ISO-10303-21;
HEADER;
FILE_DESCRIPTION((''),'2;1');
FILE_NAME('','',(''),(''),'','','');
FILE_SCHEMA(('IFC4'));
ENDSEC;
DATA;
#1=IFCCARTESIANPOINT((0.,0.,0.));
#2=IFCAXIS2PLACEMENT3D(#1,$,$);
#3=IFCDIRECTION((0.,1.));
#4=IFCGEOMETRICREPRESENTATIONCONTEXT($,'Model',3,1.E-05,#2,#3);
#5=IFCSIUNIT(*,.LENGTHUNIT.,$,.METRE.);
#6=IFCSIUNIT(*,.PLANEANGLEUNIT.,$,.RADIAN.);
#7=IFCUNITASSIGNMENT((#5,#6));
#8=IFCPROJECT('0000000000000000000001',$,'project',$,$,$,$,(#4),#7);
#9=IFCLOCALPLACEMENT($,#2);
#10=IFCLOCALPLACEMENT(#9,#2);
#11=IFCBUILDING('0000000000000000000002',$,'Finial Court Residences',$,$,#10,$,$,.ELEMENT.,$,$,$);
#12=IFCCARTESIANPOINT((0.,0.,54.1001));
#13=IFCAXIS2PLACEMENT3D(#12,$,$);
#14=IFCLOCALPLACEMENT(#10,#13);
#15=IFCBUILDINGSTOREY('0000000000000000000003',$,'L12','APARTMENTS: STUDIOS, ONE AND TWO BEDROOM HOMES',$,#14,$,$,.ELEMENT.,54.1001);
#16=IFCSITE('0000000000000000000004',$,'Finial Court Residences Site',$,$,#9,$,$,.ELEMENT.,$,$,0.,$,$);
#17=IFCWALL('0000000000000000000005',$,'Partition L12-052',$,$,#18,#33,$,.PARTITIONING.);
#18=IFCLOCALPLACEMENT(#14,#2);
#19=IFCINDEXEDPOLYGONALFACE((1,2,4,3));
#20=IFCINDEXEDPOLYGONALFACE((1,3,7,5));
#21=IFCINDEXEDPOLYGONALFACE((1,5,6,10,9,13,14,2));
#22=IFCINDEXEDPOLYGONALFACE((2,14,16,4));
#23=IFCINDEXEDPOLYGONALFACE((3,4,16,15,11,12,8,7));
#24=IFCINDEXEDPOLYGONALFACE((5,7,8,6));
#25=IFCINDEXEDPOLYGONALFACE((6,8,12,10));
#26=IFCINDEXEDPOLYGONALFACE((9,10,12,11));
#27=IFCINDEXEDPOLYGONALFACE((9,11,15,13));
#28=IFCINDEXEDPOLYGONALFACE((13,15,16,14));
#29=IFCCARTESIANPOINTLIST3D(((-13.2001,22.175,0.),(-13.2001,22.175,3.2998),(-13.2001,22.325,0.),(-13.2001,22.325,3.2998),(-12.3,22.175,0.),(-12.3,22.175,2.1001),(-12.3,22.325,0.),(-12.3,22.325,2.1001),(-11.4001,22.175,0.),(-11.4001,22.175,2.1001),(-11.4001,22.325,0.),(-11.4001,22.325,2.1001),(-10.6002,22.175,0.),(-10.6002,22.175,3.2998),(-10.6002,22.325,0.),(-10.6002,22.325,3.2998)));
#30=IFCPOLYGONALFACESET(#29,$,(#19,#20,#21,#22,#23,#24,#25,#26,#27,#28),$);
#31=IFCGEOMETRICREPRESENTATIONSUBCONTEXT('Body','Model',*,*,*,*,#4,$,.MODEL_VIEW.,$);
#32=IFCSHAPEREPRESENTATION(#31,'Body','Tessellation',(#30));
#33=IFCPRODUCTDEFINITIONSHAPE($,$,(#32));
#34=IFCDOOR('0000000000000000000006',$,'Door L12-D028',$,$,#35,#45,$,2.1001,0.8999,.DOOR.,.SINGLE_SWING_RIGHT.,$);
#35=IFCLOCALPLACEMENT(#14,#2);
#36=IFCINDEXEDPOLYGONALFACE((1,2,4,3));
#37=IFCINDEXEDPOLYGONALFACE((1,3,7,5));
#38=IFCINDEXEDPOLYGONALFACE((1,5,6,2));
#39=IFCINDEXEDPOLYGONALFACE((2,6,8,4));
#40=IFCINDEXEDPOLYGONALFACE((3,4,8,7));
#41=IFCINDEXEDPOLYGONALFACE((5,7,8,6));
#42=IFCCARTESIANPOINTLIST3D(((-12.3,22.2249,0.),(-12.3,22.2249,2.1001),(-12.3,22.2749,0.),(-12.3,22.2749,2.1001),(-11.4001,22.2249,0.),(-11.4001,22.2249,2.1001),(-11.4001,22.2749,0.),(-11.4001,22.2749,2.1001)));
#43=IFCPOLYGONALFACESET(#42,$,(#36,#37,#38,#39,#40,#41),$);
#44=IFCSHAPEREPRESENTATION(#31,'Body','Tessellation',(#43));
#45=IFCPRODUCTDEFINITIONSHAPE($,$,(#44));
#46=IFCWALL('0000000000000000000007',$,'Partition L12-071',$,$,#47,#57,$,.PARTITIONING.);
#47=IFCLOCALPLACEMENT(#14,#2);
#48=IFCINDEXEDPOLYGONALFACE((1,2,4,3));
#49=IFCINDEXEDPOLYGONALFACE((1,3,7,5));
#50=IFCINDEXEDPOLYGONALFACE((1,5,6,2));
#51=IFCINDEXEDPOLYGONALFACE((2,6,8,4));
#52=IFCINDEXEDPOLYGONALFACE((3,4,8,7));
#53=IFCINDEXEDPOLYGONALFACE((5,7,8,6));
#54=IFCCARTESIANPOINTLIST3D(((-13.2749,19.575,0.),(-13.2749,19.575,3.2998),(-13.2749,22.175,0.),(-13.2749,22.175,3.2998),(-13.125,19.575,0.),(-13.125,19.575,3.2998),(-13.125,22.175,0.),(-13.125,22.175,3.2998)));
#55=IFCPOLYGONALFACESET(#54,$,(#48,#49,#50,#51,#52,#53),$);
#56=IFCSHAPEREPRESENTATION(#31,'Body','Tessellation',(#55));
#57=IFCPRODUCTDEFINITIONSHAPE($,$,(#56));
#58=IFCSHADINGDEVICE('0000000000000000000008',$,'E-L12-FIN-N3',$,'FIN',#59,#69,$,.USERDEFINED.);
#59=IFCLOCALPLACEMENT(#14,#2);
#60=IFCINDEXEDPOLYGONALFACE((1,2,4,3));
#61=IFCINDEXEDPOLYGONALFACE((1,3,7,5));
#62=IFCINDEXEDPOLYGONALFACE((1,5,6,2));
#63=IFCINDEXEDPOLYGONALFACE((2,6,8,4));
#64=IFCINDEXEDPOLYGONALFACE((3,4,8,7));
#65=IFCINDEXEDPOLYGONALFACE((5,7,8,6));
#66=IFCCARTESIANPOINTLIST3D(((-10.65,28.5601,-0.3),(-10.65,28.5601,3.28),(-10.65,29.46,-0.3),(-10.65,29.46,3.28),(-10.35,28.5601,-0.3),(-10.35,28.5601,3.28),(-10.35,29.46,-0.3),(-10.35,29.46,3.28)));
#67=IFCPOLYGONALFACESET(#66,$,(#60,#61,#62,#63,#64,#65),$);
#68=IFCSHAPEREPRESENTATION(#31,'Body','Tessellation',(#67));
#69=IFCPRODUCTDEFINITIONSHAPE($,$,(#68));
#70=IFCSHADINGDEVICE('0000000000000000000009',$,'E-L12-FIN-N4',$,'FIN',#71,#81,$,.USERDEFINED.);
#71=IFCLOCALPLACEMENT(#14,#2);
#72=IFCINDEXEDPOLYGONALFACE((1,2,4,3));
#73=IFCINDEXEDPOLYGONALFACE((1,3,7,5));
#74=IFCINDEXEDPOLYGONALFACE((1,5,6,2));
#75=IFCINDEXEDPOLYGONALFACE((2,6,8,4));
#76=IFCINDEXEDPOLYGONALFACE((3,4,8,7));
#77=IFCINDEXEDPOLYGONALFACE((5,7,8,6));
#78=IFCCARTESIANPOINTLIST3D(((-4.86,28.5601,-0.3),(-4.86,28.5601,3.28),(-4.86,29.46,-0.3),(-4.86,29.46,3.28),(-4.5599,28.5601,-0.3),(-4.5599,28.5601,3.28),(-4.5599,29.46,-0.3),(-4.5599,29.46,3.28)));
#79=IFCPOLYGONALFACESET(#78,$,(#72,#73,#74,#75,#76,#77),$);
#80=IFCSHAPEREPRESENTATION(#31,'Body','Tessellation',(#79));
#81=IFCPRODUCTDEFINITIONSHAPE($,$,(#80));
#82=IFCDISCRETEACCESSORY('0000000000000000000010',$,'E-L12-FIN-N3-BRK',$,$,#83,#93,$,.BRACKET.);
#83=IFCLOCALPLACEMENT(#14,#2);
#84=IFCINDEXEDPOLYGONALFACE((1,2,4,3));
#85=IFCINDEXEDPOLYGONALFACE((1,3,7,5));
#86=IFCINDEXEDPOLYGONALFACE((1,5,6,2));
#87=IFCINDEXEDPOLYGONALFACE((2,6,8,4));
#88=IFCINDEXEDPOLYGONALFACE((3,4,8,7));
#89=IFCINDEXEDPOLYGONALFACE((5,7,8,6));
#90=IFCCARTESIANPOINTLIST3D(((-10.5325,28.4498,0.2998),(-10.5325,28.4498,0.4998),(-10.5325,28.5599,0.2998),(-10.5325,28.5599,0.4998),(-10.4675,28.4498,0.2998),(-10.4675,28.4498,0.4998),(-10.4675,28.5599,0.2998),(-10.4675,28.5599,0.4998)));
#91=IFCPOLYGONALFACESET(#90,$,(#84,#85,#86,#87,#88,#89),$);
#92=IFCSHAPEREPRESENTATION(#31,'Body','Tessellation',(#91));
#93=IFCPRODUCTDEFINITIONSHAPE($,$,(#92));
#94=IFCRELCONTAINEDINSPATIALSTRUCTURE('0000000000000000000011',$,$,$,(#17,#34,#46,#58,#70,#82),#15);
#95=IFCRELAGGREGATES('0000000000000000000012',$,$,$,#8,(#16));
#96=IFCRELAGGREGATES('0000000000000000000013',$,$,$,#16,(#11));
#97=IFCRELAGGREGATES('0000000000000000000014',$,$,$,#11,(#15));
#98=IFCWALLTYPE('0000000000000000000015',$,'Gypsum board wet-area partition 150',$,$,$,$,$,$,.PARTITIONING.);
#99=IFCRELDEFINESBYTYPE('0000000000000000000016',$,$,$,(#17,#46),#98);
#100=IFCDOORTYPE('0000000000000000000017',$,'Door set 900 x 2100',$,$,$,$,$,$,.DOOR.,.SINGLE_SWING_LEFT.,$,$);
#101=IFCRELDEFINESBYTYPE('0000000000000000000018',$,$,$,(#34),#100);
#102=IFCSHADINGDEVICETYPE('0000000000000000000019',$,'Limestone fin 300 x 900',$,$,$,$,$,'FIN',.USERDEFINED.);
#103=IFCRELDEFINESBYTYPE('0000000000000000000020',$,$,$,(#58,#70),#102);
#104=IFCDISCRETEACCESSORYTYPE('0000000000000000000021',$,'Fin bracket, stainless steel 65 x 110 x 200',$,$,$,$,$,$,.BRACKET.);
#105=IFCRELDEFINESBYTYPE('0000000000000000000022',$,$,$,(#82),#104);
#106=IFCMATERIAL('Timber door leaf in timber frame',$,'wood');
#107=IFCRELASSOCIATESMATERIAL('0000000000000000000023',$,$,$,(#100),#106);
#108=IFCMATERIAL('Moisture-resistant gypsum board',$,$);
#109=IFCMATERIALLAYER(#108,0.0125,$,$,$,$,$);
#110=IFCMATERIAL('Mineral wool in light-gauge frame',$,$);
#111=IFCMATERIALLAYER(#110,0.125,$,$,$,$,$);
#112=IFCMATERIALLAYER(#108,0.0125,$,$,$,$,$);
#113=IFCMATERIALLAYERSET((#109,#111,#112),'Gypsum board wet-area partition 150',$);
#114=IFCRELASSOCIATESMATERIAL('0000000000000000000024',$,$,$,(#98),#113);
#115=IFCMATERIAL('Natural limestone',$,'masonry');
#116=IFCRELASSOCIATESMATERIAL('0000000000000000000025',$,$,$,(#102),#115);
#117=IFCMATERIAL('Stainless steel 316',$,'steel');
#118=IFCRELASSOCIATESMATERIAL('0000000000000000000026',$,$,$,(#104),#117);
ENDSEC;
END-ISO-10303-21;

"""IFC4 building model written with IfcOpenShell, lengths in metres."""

from ifc_helpers import new_model, si_unit, direction, frame, frame_2d, origin, origin_2d, place, context, subcontext, project, spatial, rectangle, extrude, material, layer, layer_set, type_object, element, fill, save


model = new_model("IFC4")

# Units and contexts
model_context = context("Model", 3, precision=1e-05, world=origin(), true_north=direction((0.0, 1.0)))
body_context = subcontext(model_context, "Body", "Model", "MODEL_VIEW")
ifc_project = project(units=[si_unit("LENGTHUNIT", "METRE"), si_unit("PLANEANGLEUNIT", "RADIAN")], contexts=[model_context])

# Site, building, storey
site_placement = place(None, origin())
site = spatial("IfcSite", under=ifc_project, at=site_placement, Name="Finial Court Residences Site", CompositionType="ELEMENT", RefElevation=0.0)
building_placement = place(site_placement, origin())
building = spatial("IfcBuilding", under=site, at=building_placement, Name="Finial Court Residences", CompositionType="ELEMENT")
storey_placement = place(building_placement, frame((0.0, 0.0, 54.1001)))
storey = spatial("IfcBuildingStorey", under=building, at=storey_placement, Name="L12", Description="APARTMENTS: STUDIOS, ONE AND TWO BEDROOM HOMES", CompositionType="ELEMENT", Elevation=54.1001)

# Shared definitions
ifc_material_1 = material(Name="Mineral wool in light-gauge frame")
ifc_material_2 = material(Name="Timber door leaf in timber frame", Category="wood")
door_type = type_object("IfcDoorType", Name="Door set 900 x 2100", OperationType="SINGLE_SWING_LEFT", PredefinedType="DOOR", material=ifc_material_2)

# Shared definitions
ifc_material_3 = material(Name="Moisture-resistant gypsum board")
ifc_layer_1 = layer(ifc_material_3, 0.0125)
ifc_layer_2 = layer(ifc_material_1, 0.125)
ifc_layer_3 = layer(ifc_material_3, 0.0125)
ifc_layer_set_1 = layer_set([ifc_layer_1, ifc_layer_2, ifc_layer_3], Name="Gypsum board wet-area partition 150")
wall_type_1 = type_object("IfcWallType", Name="Gypsum board wet-area partition 150", PredefinedType="PARTITIONING", material=ifc_layer_set_1)

# Wall, opening, door
wall_1_placement = place(storey_placement, frame((-13.2, 22.25, 0.0), z_axis=(0.0, 0.0, 1.0), x_axis=(1.0, 0.0, 0.0)))
wall_1 = element("IfcWall", 1, at=wall_1_placement, inside=storey, type_object=wall_type_1, Name="Partition L12-052", PredefinedType="PARTITIONING", context=body_context, shape_type="SweptSolid", body=[
    extrude(rectangle(XDim=2.5999, YDim=0.1499, at=frame_2d((1.2998, 0.0))), origin(), (0.0, 0.0, 1.0), 3.2998),
])
opening_1_placement = place(wall_1_placement, frame((0.8999, 0.0, 0.0)))
opening_1 = element("IfcOpeningElement", 2, at=opening_1_placement, cuts=wall_1, PredefinedType="OPENING", context=body_context, shape_type="SweptSolid", body=[
    extrude(rectangle(XDim=0.8999, YDim=2.1001, at=frame_2d((0.45, 1.05))), frame((0.0, 0.085, 0.0), z_axis=(0.0, -1.0, 0.0), x_axis=(1.0, 0.0, 0.0)), (0.0, 0.0, 1.0), 0.1699),
])
door_1_placement = place(opening_1_placement, origin())
door_1 = element("IfcDoor", 3, at=door_1_placement, inside=storey, type_object=door_type, Name="Door L12-D028", OperationType="SINGLE_SWING_RIGHT", OverallHeight=2.1001, OverallWidth=0.8999, PredefinedType="DOOR", context=body_context, shape_type="SweptSolid", body=[
    extrude(rectangle(XDim=0.8999, YDim=2.1001, at=frame_2d((0.45, 1.05))), frame((0.0, 0.0249, 0.0), z_axis=(0.0, -1.0, 0.0), x_axis=(1.0, 0.0, 0.0)), (0.0, 0.0, 1.0), 0.05),
])
fill(opening_1, door_1)

# Wall
wall_2_placement = place(storey_placement, frame((-13.2, 19.575, 0.0), z_axis=(0.0, 0.0, 1.0), x_axis=(0.0, 1.0, 0.0)))
element("IfcWall", 4, at=wall_2_placement, inside=storey, type_object=wall_type_1, Name="Partition L12-071", PredefinedType="PARTITIONING", context=body_context, shape_type="SweptSolid", body=[
    extrude(rectangle(XDim=2.6001, YDim=0.1499, at=frame_2d((1.3, 0.0))), origin(), (0.0, 0.0, 1.0), 3.2998),
])

# Shading devices
ifc_material_4 = material(Name="Natural limestone", Category="masonry")
shading_device_type = type_object("IfcShadingDeviceType", Name="Limestone fin 300 x 900", ElementType="FIN", PredefinedType="USERDEFINED", material=ifc_material_4)
for number, where, z_axis, x_axis, name in (
    (5, (-10.5, 29.01, -0.3), (0.0, 0.0, 1.0), (1.0, 0.0, 0.0), "E-L12-FIN-N3"),
    (6, (-4.71, 29.01, -0.3), (0.0, 0.0, 1.0), (1.0, 0.0, 0.0), "E-L12-FIN-N4"),
):
    element("IfcShadingDevice", number, at=place(storey_placement, frame(where, z_axis=z_axis, x_axis=x_axis)), inside=storey, type_object=shading_device_type, Name=name, ObjectType="FIN", PredefinedType="USERDEFINED", context=body_context, shape_type="SweptSolid", body=[
        extrude(rectangle(XDim=0.3, YDim=0.8999, at=origin_2d()), origin(), (0.0, 0.0, 1.0), 3.5801),
    ])

# Discrete accessory
ifc_material_5 = material(Name="Stainless steel 316", Category="steel")
discrete_accessory_type = type_object("IfcDiscreteAccessoryType", Name="Fin bracket, stainless steel 65 x 110 x 200", PredefinedType="BRACKET", material=ifc_material_5)
discrete_accessory_placement = place(storey_placement, frame((-10.5, 28.5049, 0.2998), z_axis=(0.0, 0.0, 1.0), x_axis=(1.0, 0.0, 0.0)))
element("IfcDiscreteAccessory", 7, at=discrete_accessory_placement, inside=storey, type_object=discrete_accessory_type, Name="E-L12-FIN-N3-BRK", PredefinedType="BRACKET", context=body_context, shape_type="SweptSolid", body=[
    extrude(rectangle(XDim=0.0649, YDim=0.1101, at=origin_2d()), origin(), (0.0, 0.0, 1.0), 0.2),
])

save(model, "model.ifc")
